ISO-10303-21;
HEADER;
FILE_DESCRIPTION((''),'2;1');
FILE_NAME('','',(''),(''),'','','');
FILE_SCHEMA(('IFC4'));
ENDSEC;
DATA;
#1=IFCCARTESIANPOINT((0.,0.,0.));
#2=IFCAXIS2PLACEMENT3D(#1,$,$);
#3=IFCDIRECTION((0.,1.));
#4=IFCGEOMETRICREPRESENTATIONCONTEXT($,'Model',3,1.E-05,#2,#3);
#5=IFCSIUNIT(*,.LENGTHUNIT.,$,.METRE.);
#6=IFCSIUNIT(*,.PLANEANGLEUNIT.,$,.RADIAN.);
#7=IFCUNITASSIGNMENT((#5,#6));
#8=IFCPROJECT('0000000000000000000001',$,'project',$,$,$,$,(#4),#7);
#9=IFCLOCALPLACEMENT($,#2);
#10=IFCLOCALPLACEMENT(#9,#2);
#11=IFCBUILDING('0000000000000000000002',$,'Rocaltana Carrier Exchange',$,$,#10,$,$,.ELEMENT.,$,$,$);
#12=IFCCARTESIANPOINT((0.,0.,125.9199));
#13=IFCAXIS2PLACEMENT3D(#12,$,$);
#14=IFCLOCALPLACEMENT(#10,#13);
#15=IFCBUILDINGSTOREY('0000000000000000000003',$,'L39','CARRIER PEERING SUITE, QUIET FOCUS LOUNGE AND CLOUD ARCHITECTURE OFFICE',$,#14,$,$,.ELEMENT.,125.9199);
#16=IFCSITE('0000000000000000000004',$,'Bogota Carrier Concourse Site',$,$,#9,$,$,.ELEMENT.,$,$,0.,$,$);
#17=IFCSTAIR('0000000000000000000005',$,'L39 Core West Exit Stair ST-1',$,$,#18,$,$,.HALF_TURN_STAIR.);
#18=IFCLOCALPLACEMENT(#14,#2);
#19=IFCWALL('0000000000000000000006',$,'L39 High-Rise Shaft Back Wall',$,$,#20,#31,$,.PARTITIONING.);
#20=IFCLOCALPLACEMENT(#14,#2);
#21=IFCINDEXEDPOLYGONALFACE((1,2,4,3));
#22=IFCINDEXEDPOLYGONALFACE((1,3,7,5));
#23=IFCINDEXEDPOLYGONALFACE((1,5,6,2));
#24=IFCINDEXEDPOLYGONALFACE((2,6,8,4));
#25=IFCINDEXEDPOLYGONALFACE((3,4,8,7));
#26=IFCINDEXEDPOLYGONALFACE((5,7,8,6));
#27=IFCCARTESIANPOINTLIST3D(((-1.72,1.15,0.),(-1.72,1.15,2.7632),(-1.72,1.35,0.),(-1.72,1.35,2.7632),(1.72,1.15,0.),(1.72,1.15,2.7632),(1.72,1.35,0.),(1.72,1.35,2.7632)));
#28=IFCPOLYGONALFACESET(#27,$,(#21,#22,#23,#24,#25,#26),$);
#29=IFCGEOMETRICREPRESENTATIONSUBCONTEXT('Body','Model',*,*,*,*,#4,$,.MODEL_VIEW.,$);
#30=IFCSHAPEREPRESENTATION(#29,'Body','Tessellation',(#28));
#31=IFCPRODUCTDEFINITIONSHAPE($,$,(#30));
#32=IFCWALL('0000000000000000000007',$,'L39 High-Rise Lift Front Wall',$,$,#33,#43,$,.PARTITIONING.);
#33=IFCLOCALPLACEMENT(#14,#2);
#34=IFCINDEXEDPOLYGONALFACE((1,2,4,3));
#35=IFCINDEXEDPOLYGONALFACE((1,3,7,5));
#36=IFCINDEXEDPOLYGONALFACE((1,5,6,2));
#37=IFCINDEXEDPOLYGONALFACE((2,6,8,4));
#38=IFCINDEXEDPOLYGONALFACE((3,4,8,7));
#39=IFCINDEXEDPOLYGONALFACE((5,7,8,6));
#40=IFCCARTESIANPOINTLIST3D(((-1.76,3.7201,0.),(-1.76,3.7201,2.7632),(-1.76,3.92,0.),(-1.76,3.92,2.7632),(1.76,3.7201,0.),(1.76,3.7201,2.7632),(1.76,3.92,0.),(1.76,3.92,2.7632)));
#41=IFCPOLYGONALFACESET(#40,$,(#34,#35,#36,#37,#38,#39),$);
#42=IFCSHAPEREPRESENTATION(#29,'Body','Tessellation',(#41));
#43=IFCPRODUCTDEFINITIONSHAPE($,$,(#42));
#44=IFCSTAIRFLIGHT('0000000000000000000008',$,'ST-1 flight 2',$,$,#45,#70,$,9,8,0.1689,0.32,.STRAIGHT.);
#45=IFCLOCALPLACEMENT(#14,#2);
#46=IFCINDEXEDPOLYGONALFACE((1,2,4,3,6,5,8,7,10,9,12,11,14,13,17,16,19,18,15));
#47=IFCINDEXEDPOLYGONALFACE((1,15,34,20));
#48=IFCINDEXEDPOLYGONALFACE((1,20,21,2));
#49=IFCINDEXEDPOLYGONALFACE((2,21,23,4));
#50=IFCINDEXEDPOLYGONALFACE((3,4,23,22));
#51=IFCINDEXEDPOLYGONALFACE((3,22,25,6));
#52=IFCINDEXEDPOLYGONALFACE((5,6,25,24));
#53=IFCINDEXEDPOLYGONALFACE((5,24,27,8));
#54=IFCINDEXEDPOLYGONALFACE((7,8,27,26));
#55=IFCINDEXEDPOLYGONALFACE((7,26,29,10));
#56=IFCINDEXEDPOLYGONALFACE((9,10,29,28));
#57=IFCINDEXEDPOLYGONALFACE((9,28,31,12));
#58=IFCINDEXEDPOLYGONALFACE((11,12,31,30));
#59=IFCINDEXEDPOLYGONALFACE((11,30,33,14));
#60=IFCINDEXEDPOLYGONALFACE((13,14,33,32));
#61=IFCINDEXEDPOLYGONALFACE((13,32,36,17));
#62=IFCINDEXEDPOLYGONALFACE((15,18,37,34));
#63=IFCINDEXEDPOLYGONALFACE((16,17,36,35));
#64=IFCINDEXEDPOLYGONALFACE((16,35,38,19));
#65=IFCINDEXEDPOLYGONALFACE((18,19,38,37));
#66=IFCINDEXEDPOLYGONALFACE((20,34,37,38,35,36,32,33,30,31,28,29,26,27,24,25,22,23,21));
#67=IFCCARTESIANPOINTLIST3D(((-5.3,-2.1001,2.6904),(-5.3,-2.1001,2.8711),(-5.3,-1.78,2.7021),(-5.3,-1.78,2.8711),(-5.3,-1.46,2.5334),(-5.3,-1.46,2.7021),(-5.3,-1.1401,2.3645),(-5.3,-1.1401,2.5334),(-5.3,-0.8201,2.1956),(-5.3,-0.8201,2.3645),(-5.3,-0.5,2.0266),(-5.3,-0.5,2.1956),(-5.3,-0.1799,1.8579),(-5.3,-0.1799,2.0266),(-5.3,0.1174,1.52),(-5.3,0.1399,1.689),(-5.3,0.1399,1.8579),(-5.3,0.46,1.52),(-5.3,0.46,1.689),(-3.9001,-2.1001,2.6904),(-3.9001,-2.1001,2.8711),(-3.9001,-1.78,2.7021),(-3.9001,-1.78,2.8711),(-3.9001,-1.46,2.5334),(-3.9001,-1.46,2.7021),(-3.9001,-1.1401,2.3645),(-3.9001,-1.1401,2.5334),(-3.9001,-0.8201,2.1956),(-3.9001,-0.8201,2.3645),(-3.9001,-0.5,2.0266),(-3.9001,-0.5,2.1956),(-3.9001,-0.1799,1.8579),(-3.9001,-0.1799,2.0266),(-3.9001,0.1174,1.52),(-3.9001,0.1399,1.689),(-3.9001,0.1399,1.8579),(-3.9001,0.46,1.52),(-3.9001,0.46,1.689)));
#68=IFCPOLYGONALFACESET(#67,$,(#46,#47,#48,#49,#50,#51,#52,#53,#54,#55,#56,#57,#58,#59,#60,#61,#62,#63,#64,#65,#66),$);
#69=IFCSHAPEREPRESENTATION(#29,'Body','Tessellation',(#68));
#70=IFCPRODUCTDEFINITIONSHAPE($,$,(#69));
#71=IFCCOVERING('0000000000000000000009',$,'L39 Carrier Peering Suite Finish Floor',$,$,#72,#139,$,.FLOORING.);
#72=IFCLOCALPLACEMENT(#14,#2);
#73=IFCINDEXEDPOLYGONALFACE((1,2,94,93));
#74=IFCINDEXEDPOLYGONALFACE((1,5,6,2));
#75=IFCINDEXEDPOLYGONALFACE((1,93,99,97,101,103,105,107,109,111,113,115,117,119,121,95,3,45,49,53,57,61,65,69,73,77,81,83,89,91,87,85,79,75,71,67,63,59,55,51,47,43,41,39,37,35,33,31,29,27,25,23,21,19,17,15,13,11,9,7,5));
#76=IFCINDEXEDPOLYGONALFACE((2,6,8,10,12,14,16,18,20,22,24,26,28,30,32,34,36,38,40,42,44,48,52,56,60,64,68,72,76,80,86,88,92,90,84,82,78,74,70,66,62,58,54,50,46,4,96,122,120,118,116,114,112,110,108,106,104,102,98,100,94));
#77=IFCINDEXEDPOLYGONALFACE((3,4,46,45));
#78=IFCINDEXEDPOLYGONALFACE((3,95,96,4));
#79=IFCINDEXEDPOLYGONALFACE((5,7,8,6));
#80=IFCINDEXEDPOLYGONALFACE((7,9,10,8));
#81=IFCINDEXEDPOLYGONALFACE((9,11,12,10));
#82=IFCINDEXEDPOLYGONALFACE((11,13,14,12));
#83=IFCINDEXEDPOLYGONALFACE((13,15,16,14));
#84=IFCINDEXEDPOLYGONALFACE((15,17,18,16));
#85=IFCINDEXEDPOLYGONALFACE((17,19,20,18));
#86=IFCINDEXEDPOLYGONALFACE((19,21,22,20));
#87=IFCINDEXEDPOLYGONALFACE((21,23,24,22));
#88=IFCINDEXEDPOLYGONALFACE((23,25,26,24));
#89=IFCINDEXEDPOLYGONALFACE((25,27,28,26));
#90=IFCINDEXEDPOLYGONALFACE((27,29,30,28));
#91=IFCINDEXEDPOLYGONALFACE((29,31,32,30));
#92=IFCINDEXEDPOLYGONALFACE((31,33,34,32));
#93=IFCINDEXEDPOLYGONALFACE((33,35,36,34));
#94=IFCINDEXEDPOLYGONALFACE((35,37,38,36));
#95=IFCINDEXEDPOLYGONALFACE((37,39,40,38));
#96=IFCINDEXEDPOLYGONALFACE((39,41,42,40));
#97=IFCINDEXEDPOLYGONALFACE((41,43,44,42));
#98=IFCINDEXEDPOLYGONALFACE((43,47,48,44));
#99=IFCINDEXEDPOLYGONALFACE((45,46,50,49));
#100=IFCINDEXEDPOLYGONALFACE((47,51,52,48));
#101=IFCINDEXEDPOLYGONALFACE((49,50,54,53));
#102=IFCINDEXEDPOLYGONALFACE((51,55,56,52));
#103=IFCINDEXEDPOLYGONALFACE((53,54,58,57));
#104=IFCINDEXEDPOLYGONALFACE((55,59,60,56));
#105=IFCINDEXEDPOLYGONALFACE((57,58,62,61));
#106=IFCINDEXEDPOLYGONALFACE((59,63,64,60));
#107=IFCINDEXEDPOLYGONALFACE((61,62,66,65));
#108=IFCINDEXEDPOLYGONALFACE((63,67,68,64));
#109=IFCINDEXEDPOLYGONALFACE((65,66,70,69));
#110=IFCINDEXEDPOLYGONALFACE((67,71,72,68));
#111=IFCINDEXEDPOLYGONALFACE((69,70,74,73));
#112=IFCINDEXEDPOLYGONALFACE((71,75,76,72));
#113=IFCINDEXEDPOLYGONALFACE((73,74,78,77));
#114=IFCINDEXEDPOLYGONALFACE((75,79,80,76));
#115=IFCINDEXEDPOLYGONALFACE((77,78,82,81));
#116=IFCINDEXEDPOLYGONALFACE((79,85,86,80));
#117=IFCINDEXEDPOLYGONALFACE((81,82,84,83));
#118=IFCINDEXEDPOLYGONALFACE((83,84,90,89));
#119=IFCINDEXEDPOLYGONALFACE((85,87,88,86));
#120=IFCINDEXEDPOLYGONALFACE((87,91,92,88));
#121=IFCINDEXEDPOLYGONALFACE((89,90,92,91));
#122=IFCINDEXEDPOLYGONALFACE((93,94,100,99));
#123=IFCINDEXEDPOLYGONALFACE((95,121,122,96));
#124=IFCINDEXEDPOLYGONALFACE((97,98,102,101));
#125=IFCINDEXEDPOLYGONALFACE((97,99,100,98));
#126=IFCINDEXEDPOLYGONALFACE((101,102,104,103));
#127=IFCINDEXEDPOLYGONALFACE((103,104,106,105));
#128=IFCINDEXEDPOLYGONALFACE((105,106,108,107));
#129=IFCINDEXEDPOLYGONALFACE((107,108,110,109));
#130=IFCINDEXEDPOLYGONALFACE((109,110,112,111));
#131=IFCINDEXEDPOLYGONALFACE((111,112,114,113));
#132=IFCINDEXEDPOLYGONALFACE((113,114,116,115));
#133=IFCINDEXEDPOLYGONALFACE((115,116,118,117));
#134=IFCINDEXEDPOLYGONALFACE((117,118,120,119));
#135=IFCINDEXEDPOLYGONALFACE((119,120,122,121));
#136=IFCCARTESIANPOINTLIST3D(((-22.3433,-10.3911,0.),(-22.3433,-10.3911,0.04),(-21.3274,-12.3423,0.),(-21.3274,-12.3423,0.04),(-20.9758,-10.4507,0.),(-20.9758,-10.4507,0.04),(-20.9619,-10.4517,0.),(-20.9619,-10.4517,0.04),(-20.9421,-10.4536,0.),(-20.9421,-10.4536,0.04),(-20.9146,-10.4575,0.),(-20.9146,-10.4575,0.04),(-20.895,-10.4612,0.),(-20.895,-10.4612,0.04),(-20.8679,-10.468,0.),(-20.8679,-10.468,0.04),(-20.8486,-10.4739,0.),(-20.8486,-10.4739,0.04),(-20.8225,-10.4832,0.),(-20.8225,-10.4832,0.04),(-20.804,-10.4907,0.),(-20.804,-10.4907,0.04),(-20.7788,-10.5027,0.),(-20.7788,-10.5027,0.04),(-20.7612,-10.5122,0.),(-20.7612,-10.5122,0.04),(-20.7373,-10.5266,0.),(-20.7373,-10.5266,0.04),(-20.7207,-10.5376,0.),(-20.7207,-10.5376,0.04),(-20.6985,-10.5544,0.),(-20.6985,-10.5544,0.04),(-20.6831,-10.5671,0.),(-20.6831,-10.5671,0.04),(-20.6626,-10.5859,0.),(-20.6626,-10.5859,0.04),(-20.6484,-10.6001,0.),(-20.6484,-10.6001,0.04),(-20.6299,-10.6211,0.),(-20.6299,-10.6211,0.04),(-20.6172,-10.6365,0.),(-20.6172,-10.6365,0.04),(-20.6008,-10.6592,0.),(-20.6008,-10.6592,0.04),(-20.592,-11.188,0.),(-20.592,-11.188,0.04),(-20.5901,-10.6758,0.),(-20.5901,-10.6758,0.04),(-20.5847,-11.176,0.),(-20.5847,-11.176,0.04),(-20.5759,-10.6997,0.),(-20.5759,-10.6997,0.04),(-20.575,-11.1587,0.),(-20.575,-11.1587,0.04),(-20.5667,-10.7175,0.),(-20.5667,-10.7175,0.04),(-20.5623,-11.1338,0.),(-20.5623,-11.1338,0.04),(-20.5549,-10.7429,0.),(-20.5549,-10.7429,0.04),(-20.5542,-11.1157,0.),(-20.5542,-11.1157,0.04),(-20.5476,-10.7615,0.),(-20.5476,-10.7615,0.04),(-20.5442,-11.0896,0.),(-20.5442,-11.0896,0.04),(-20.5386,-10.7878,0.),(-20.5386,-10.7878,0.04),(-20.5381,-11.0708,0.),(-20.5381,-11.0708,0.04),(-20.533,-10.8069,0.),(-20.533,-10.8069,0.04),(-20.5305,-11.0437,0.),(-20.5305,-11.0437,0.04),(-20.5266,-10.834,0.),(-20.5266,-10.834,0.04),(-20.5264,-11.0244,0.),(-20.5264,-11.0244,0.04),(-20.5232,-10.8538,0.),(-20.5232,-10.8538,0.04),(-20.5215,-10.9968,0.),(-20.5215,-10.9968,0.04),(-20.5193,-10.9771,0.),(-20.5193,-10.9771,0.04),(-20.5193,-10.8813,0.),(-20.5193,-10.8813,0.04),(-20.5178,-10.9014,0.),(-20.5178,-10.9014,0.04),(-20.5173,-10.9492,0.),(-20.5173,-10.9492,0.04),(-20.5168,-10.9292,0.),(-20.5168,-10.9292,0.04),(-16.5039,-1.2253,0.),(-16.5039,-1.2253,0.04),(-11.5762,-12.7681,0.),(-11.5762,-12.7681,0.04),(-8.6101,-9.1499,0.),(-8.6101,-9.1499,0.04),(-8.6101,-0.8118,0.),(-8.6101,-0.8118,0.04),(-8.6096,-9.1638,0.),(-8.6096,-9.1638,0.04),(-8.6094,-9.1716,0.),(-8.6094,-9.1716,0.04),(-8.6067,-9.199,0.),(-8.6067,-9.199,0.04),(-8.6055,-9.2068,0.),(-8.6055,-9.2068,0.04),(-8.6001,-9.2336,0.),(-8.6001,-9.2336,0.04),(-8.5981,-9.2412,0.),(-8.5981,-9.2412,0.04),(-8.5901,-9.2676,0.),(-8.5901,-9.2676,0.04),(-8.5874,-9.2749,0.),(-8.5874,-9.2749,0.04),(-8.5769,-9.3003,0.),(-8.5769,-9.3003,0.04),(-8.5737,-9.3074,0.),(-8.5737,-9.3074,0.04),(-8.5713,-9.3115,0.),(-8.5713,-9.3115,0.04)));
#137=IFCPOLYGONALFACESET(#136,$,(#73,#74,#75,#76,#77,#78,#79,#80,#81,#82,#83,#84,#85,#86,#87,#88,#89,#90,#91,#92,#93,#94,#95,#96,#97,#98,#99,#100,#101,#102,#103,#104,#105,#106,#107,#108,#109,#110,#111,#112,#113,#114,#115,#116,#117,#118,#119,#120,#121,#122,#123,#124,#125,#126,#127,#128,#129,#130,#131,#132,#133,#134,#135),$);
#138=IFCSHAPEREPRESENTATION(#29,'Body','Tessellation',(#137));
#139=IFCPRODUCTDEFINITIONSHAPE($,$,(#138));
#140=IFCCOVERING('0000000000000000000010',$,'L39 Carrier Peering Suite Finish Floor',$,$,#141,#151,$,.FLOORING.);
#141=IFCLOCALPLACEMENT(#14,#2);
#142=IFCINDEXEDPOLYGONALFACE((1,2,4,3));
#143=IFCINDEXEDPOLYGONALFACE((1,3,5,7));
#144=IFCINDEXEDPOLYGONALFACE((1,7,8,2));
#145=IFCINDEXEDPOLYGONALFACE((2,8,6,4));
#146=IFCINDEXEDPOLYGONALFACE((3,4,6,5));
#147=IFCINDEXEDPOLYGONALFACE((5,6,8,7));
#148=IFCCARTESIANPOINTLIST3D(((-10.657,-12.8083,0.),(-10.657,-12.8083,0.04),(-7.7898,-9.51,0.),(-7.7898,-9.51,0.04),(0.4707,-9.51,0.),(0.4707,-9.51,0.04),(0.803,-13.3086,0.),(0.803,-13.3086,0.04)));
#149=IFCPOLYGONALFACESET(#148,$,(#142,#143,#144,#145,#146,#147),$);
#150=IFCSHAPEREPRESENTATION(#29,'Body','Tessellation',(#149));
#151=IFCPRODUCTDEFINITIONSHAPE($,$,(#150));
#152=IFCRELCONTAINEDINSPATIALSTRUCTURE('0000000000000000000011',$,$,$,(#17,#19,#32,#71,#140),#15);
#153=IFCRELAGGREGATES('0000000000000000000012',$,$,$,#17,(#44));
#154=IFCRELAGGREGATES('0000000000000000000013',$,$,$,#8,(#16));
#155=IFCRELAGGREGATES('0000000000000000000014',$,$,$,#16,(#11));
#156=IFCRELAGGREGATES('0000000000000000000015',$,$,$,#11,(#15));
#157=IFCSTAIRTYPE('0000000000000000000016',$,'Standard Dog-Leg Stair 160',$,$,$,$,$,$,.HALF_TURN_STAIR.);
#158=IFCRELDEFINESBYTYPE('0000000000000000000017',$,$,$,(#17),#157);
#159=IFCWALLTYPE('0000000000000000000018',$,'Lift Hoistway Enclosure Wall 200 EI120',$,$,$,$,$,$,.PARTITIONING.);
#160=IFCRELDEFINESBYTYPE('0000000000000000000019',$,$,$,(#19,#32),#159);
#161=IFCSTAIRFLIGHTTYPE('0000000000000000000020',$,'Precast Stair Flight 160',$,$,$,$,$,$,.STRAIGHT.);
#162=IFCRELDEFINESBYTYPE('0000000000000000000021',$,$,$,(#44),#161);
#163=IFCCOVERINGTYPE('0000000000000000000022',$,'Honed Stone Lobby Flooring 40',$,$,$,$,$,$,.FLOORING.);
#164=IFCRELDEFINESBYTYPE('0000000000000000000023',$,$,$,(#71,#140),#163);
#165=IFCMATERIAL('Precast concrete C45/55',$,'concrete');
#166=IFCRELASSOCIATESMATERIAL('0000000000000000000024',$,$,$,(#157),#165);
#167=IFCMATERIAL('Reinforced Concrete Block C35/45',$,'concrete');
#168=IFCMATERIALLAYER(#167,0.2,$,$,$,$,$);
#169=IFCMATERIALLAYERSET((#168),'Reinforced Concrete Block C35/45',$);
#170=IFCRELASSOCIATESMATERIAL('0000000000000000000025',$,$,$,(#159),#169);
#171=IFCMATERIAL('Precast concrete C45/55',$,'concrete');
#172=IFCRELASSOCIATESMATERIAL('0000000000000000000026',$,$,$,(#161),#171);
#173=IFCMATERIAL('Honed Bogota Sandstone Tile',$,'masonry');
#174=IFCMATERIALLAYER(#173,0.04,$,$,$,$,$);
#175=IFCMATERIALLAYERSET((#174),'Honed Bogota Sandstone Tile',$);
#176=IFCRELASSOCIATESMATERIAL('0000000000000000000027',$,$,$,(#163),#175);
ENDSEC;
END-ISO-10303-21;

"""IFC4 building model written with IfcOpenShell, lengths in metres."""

from ifc_helpers import new_model, si_unit, direction, frame, frame_2d, origin, place, context, subcontext, project, spatial, polyline, rectangle, outline, extrude, material, layer, layer_set, type_object, element, aggregate, save


model = new_model("IFC4")

# Units and contexts
model_context = context("Model", 3, precision=1e-05, world=origin(), true_north=direction((0.0, 1.0)))
body_context = subcontext(model_context, "Body", "Model", "MODEL_VIEW")
ifc_project = project(units=[si_unit("LENGTHUNIT", "METRE"), si_unit("PLANEANGLEUNIT", "RADIAN")], contexts=[model_context])

# Site, building, storey
site_placement = place(None, origin())
site = spatial("IfcSite", under=ifc_project, at=site_placement, Name="Bogota Carrier Concourse Site", CompositionType="ELEMENT", RefElevation=0.0)
building_placement = place(site_placement, origin())
building = spatial("IfcBuilding", under=site, at=building_placement, Name="Rocaltana Carrier Exchange", CompositionType="ELEMENT")
storey_placement = place(building_placement, frame((0.0, 0.0, 125.9199)))
storey = spatial("IfcBuildingStorey", under=building, at=storey_placement, Name="L39", Description="CARRIER PEERING SUITE, QUIET FOCUS LOUNGE AND CLOUD ARCHITECTURE OFFICE", CompositionType="ELEMENT", Elevation=125.9199)

# Stair
ifc_material_1 = material(Name="Precast concrete C45/55", Category="concrete")
stair_type = type_object("IfcStairType", Name="Standard Dog-Leg Stair 160", PredefinedType="HALF_TURN_STAIR", material=ifc_material_1)
stair_1_placement = place(storey_placement, origin())
stair_1 = element("IfcStair", 1, at=stair_1_placement, inside=storey, type_object=stair_type, Name="L39 Core West Exit Stair ST-1", PredefinedType="HALF_TURN_STAIR")

# Walls
ifc_material_2 = material(Name="Reinforced Concrete Block C35/45", Category="concrete")
ifc_layer_1 = layer(ifc_material_2, 0.2)
ifc_layer_set_1 = layer_set([ifc_layer_1], Name="Reinforced Concrete Block C35/45")
wall_type_1 = type_object("IfcWallType", Name="Lift Hoistway Enclosure Wall 200 EI120", PredefinedType="PARTITIONING", material=ifc_layer_set_1)
wall_1_placement = place(storey_placement, frame((-1.72, 1.25, 0.0), z_axis=(0.0, 0.0, 1.0), x_axis=(1.0, 0.0, 0.0)))
element("IfcWall", 2, at=wall_1_placement, inside=storey, type_object=wall_type_1, Name="L39 High-Rise Shaft Back Wall", PredefinedType="PARTITIONING", context=body_context, shape_type="SweptSolid", body=[
    extrude(rectangle(XDim=3.4399, YDim=0.2, at=frame_2d((1.72, 0.0))), origin(), (0.0, 0.0, 1.0), 2.7632),
])
wall_2_placement = place(storey_placement, frame((-1.76, 3.8201, 0.0), z_axis=(0.0, 0.0, 1.0), x_axis=(1.0, 0.0, 0.0)))
element("IfcWall", 3, at=wall_2_placement, inside=storey, type_object=wall_type_1, Name="L39 High-Rise Lift Front Wall", PredefinedType="PARTITIONING", context=body_context, shape_type="SweptSolid", body=[
    extrude(rectangle(XDim=3.52, YDim=0.2, at=frame_2d((1.76, 0.0))), origin(), (0.0, 0.0, 1.0), 2.7632),
])

# Stair flight
ifc_material_3 = material(Name="Precast concrete C45/55", Category="concrete")
stair_flight_type = type_object("IfcStairFlightType", Name="Precast Stair Flight 160", PredefinedType="STRAIGHT", material=ifc_material_3)
stair_flight_placement = place(storey_placement, frame((-4.6001, 0.46, 1.52), z_axis=(0.0, 0.0, 1.0), x_axis=(0.0, -1.0, 0.0)))
stair_flight = element("IfcStairFlight", 4, at=stair_flight_placement, type_object=stair_flight_type, Name="ST-1 flight 2", NumberOfRisers=9, NumberOfTreads=8, PredefinedType="STRAIGHT", RiserHeight=0.1689, TreadLength=0.32, context=body_context, shape_type="SweptSolid", body=[
    extrude(outline(polyline([(0.0, 0.0), (0.0, 0.1689), (0.3201, 0.1689), (0.3201, 0.3379), (0.6399, 0.3379), (0.6399, 0.5066), (0.96, 0.5066), (0.96, 0.6755), (1.28, 0.6755), (1.28, 0.8445), (1.6001, 0.8445), (1.6001, 1.0134), (1.9199, 1.0134), (1.9199, 1.1821), (2.24, 1.1821), (2.24, 1.3511), (2.5601, 1.3511), (2.5601, 1.52), (2.5601, 1.1704), (0.3425, 0.0), (0.0, 0.0)])), frame((0.0, 0.7, 0.0), z_axis=(0.0, -1.0, 0.0), x_axis=(1.0, 0.0, 0.0)), (0.0, 0.0, 1.0), 1.3999),
])
aggregate(stair_1, [stair_flight])

# Coverings
ifc_material_4 = material(Name="Honed Bogota Sandstone Tile", Category="masonry")
ifc_layer_2 = layer(ifc_material_4, 0.04)
ifc_layer_set_2 = layer_set([ifc_layer_2], Name="Honed Bogota Sandstone Tile")
covering_type_1 = type_object("IfcCoveringType", Name="Honed Stone Lobby Flooring 40", PredefinedType="FLOORING", material=ifc_layer_set_2)
covering_1_placement = place(storey_placement, origin())
element("IfcCovering", 5, at=covering_1_placement, inside=storey, type_object=covering_type_1, Name="L39 Carrier Peering Suite Finish Floor", PredefinedType="FLOORING", context=body_context, shape_type="SweptSolid", body=[
    extrude(outline(polyline([(-20.592, -11.188), (-20.5847, -11.176), (-20.575, -11.1587), (-20.5623, -11.1338), (-20.5542, -11.1157), (-20.5442, -11.0896), (-20.5381, -11.0708), (-20.5305, -11.0437), (-20.5264, -11.0244), (-20.5215, -10.9968), (-20.5193, -10.9771), (-20.5173, -10.9492), (-20.5168, -10.9292), (-20.5178, -10.9014), (-20.5193, -10.8813), (-20.5232, -10.8538), (-20.5266, -10.834), (-20.533, -10.8069), (-20.5386, -10.7878), (-20.5476, -10.7615), (-20.5549, -10.7429), (-20.5667, -10.7175), (-20.5759, -10.6997), (-20.5901, -10.6758), (-20.6008, -10.6592), (-20.6172, -10.6365), (-20.6299, -10.6211), (-20.6484, -10.6001), (-20.6626, -10.5859), (-20.6831, -10.5671), (-20.6985, -10.5544), (-20.7207, -10.5376), (-20.7373, -10.5266), (-20.7612, -10.5122), (-20.7788, -10.5027), (-20.804, -10.4907), (-20.8225, -10.4832), (-20.8486, -10.4739), (-20.8679, -10.468), (-20.895, -10.4612), (-20.9146, -10.4575), (-20.9421, -10.4536), (-20.9619, -10.4517), (-20.9758, -10.4507), (-22.3433, -10.3911), (-16.5039, -1.2253), (-8.6101, -0.8118), (-8.6101, -9.1499), (-8.6096, -9.1638), (-8.6094, -9.1716), (-8.6067, -9.199), (-8.6055, -9.2068), (-8.6001, -9.2336), (-8.5981, -9.2412), (-8.5901, -9.2676), (-8.5874, -9.2749), (-8.5769, -9.3003), (-8.5737, -9.3074), (-8.5713, -9.3115), (-11.5762, -12.7681), (-21.3274, -12.3423), (-20.592, -11.188)])), origin(), (0.0, 0.0, 1.0), 0.04),
])
covering_2_placement = place(storey_placement, origin())
element("IfcCovering", 6, at=covering_2_placement, inside=storey, type_object=covering_type_1, Name="L39 Carrier Peering Suite Finish Floor", PredefinedType="FLOORING", context=body_context, shape_type="SweptSolid", body=[
    extrude(outline(polyline([(-10.657, -12.8083), (-7.7898, -9.51), (0.4707, -9.51), (0.803, -13.3086), (-10.657, -12.8083)])), origin(), (0.0, 0.0, 1.0), 0.04),
])

save(model, "model.ifc")
